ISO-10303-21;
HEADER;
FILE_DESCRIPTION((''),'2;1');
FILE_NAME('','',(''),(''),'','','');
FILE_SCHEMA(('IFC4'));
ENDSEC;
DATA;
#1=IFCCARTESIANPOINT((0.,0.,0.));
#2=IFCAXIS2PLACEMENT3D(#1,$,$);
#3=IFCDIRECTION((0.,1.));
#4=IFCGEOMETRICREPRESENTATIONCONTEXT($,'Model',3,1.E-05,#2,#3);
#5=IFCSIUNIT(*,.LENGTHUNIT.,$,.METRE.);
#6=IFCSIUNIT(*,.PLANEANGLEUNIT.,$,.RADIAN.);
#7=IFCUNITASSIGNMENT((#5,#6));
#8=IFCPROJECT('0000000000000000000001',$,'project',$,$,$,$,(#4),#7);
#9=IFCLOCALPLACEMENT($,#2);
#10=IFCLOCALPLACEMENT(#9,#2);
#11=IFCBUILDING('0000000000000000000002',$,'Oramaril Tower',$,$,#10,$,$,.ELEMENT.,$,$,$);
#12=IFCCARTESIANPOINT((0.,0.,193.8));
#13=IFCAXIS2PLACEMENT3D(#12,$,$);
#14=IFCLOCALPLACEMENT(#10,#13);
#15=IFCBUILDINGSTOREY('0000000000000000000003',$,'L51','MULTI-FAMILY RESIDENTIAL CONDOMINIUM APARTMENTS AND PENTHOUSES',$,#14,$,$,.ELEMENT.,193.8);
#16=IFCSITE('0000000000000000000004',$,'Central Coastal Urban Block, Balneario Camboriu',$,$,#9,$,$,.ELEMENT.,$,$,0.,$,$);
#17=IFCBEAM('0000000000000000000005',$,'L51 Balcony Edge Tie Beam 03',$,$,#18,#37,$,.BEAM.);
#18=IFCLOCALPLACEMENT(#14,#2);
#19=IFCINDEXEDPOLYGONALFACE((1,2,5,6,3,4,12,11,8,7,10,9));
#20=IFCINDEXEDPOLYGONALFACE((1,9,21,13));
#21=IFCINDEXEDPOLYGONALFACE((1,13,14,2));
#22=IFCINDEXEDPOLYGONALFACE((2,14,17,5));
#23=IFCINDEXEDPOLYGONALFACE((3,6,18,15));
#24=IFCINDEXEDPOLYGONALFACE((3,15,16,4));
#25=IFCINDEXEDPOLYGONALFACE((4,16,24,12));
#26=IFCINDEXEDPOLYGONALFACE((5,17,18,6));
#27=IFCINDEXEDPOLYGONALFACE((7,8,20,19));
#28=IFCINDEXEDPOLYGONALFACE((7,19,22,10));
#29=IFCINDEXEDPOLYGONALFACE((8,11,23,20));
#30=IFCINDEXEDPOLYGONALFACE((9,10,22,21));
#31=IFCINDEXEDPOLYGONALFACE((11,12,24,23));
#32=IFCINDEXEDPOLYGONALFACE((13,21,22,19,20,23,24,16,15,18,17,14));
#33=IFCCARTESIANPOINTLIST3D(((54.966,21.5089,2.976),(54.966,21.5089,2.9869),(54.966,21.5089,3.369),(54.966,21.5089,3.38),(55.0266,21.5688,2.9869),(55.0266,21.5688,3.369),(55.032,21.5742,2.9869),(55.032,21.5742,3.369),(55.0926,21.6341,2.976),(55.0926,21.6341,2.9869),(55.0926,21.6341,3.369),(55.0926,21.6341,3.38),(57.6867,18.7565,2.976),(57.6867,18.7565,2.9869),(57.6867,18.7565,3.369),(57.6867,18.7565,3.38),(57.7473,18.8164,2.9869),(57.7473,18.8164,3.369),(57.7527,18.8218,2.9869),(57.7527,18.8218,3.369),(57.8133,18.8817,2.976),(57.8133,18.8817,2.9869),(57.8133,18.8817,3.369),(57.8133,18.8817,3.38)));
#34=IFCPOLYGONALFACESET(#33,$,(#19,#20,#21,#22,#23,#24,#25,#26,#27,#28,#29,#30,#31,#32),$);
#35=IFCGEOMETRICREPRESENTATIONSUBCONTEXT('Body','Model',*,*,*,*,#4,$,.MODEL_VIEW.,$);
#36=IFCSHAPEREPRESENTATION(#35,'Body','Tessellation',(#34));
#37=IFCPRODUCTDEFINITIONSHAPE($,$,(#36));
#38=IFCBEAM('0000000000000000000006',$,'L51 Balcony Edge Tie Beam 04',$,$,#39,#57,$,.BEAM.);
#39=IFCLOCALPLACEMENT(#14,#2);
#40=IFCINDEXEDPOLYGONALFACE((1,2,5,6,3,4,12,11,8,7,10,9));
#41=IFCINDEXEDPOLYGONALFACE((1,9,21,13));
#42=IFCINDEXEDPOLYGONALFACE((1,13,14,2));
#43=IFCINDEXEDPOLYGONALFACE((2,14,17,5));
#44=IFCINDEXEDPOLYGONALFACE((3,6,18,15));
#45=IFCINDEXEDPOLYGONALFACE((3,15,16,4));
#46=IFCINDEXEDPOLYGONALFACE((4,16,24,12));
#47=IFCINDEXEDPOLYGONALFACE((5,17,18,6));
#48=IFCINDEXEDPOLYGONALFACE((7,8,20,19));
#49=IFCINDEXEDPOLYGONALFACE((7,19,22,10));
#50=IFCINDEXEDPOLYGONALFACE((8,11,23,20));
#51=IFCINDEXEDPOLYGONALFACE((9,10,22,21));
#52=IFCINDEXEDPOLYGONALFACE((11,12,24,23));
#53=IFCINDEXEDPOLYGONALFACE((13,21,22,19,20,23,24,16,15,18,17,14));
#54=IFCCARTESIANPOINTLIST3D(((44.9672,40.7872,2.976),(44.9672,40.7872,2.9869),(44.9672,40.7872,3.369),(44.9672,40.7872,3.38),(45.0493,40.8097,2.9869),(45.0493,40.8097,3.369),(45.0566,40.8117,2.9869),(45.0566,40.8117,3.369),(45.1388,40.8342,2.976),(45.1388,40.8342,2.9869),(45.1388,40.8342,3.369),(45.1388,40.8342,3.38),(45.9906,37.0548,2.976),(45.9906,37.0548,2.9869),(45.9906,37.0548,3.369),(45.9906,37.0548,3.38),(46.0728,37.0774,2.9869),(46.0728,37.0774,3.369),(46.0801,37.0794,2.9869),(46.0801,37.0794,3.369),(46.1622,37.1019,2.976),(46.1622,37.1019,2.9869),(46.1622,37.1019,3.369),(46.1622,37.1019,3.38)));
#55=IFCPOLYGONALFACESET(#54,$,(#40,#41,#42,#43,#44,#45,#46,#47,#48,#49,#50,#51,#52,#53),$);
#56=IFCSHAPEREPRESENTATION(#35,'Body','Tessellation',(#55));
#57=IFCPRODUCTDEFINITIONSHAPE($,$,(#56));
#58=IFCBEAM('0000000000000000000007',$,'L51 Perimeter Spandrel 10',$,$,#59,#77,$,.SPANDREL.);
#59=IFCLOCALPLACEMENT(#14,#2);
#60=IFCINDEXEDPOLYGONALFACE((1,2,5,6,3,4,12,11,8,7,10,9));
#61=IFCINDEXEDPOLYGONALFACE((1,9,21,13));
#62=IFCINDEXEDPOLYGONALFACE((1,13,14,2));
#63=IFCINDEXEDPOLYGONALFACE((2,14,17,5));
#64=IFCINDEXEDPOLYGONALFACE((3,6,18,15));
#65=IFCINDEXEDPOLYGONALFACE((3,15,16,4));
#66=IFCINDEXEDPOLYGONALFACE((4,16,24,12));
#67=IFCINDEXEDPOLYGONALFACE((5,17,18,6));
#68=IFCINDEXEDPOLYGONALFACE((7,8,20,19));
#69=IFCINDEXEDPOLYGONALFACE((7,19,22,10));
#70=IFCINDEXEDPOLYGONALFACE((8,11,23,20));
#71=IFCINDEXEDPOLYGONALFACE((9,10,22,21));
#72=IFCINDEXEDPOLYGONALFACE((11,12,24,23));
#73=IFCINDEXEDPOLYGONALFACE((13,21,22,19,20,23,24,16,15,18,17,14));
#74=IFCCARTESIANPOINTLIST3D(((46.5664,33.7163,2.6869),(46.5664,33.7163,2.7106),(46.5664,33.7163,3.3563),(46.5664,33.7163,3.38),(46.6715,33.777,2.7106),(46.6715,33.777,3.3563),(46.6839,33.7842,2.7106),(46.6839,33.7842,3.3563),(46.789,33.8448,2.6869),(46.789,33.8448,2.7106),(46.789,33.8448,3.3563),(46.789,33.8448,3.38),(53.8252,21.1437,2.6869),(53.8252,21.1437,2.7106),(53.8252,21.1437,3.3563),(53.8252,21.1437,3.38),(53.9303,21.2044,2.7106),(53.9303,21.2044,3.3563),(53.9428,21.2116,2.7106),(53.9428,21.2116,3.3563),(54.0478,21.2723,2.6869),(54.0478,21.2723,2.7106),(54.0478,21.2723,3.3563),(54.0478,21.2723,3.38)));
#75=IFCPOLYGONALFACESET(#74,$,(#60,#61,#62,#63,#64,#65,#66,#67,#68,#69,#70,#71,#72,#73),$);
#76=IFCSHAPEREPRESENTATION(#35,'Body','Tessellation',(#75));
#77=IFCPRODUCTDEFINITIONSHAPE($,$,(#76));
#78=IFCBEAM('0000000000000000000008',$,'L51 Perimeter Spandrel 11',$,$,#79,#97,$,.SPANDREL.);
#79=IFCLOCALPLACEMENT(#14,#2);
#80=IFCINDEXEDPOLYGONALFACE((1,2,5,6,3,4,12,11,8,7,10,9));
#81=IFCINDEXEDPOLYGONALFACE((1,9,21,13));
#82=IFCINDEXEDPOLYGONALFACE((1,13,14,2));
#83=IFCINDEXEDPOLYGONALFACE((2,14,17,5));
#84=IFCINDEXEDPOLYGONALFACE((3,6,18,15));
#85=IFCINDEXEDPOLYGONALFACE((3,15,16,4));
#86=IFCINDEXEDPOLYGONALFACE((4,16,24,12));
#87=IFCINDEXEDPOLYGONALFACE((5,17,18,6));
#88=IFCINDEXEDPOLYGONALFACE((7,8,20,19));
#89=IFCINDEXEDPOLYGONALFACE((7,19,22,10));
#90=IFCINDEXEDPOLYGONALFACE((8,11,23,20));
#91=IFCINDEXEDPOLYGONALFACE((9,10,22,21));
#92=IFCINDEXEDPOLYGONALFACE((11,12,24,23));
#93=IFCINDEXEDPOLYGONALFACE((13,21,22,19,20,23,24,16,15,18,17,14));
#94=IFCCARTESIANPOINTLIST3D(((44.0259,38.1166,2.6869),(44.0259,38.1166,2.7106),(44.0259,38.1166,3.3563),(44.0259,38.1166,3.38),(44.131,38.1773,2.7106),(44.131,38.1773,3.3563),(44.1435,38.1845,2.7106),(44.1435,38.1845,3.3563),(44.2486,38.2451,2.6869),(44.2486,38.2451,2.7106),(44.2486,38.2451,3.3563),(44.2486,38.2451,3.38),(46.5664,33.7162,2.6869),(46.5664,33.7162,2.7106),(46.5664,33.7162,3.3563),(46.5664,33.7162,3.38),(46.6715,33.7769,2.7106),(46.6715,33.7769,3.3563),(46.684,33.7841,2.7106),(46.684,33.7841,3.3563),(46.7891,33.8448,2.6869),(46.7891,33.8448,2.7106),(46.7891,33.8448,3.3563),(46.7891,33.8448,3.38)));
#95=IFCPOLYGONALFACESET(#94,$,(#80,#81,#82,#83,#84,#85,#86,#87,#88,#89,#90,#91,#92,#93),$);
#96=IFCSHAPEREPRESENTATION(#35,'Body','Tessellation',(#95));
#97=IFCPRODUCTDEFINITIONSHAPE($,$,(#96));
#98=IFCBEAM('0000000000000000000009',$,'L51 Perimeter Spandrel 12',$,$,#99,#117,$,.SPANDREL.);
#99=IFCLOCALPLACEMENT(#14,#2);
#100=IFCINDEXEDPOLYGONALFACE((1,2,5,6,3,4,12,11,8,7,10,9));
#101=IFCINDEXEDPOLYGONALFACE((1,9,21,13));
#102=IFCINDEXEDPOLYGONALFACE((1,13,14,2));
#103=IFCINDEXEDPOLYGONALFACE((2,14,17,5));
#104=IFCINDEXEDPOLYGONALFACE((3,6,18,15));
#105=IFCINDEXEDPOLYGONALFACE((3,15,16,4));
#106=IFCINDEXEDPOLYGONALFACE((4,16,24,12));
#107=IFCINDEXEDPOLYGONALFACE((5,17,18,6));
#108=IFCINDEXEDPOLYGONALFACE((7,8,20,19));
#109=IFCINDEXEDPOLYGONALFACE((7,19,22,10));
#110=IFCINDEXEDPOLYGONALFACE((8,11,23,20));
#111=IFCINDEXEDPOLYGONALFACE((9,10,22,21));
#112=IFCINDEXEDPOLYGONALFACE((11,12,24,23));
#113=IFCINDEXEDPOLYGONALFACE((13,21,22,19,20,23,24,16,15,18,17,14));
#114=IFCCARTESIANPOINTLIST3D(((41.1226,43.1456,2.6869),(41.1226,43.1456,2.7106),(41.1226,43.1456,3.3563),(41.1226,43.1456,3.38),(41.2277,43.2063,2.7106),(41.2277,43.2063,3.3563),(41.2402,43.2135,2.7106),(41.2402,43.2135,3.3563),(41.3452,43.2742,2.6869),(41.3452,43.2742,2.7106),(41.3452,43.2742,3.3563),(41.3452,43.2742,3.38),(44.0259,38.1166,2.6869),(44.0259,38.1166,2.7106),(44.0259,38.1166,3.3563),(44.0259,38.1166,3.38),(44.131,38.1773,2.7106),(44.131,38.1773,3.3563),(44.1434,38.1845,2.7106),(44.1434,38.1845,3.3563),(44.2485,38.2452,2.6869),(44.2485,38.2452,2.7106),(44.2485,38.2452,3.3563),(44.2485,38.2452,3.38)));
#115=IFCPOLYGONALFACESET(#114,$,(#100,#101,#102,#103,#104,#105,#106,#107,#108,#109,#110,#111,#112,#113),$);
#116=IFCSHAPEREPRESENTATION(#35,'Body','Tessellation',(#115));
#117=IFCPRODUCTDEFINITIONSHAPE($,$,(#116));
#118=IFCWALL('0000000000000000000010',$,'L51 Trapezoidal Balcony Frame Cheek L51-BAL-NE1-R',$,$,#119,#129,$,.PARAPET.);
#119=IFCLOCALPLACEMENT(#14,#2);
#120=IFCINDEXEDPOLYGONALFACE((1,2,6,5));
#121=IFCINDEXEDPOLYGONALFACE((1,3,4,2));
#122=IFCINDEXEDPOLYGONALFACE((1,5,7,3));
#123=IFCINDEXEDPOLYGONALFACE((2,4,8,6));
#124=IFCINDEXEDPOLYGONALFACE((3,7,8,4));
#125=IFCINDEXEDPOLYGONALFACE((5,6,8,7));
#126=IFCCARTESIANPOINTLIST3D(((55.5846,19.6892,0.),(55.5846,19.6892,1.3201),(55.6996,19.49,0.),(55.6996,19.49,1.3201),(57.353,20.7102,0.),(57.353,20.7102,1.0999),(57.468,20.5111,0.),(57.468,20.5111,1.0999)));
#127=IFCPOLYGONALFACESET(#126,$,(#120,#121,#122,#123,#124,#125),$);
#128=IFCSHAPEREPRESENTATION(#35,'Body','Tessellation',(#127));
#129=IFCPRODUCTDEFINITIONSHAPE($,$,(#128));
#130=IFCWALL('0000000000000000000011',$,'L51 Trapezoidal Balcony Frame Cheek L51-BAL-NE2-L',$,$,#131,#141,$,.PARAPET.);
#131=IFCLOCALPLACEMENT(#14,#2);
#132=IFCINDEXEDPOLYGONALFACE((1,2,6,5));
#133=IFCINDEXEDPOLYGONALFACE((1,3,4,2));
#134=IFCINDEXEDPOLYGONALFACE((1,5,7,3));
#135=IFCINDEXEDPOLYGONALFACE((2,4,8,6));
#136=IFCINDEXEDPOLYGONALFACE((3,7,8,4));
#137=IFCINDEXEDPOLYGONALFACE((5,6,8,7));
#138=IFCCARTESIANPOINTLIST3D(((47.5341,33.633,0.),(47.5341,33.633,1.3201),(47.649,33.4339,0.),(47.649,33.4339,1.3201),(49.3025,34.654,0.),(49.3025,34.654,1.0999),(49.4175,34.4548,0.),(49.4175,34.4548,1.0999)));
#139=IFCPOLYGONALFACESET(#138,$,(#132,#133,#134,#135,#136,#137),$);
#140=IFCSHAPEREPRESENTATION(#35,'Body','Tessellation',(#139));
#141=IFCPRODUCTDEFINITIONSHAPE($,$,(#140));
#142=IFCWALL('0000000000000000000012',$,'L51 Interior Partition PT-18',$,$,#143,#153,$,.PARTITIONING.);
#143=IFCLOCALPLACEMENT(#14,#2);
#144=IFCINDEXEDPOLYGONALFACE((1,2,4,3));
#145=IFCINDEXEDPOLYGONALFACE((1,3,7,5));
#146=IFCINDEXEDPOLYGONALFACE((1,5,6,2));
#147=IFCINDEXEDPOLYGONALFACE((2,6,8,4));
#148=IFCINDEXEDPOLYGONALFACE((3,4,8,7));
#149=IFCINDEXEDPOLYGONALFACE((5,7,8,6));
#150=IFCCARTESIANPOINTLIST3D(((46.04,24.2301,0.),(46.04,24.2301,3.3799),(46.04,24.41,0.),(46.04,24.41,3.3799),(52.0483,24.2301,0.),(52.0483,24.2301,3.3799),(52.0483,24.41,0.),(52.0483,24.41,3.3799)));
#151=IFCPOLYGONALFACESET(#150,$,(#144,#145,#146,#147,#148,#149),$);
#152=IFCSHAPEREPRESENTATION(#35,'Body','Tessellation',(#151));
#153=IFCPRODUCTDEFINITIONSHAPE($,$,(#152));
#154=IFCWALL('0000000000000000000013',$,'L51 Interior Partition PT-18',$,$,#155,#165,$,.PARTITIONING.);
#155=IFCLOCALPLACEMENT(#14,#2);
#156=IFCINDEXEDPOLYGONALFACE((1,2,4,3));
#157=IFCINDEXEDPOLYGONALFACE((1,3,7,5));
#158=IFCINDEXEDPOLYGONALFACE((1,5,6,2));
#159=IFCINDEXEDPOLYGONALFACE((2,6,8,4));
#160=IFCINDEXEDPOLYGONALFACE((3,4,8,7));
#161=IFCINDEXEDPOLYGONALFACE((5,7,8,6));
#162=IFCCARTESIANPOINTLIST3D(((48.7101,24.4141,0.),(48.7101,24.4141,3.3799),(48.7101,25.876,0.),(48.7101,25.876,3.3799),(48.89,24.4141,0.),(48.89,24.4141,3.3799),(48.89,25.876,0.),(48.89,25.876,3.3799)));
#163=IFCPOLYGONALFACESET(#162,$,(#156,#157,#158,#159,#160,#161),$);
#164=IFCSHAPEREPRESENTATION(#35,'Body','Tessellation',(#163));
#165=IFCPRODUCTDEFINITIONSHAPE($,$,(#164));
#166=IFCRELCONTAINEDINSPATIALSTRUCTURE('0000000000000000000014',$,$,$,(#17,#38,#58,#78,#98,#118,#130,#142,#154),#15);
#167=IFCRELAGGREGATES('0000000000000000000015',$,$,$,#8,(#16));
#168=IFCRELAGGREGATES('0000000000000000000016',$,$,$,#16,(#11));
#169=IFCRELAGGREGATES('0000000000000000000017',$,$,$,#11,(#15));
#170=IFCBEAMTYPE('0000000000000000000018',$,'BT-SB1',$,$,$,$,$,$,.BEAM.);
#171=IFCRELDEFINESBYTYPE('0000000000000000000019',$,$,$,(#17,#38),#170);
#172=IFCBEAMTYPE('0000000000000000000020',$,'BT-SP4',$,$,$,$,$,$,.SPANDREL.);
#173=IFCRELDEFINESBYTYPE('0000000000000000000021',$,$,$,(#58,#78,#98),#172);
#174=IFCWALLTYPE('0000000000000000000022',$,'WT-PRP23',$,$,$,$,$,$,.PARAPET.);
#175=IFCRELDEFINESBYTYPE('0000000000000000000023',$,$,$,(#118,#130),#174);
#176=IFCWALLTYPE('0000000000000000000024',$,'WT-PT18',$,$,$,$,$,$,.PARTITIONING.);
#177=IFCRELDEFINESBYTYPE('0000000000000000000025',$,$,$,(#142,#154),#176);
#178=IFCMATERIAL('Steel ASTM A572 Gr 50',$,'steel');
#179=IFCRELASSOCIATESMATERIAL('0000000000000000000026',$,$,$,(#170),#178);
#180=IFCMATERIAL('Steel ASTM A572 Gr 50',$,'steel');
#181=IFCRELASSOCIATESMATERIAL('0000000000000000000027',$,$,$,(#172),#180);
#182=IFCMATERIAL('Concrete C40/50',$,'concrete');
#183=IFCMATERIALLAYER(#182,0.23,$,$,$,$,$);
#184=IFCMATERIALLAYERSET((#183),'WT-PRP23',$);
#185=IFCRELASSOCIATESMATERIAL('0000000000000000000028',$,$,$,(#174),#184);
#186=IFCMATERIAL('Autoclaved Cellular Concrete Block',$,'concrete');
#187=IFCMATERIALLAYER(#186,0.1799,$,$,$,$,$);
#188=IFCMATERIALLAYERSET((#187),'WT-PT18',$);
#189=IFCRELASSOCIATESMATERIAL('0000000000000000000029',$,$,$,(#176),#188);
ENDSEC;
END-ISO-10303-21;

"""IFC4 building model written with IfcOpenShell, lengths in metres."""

from ifc_helpers import new_model, si_unit, direction, frame, frame_2d, origin, origin_2d, place, context, subcontext, project, spatial, polyline, rectangle, i_section, outline, extrude, material, layer, layer_set, material_profile, profile_set, type_object, element, save


model = new_model("IFC4")

# Units and contexts
model_context = context("Model", 3, precision=1e-05, world=origin(), true_north=direction((0.0, 1.0)))
body_context = subcontext(model_context, "Body", "Model", "MODEL_VIEW")
ifc_project = project(units=[si_unit("LENGTHUNIT", "METRE"), si_unit("PLANEANGLEUNIT", "RADIAN")], contexts=[model_context])

# Site, building, storey
site_placement = place(None, origin())
site = spatial("IfcSite", under=ifc_project, at=site_placement, Name="Central Coastal Urban Block, Balneario Camboriu", CompositionType="ELEMENT", RefElevation=0.0)
building_placement = place(site_placement, origin())
building = spatial("IfcBuilding", under=site, at=building_placement, Name="Oramaril Tower", CompositionType="ELEMENT")
storey_placement = place(building_placement, frame((0.0, 0.0, 193.8)))
storey = spatial("IfcBuildingStorey", under=building, at=storey_placement, Name="L51", Description="MULTI-FAMILY RESIDENTIAL CONDOMINIUM APARTMENTS AND PENTHOUSES", CompositionType="ELEMENT", Elevation=193.8)

# Beams
ifc_material_1 = material(Name="Steel ASTM A572 Gr 50", Category="steel")
ifc_material_profile_1 = material_profile(ifc_material_1, i_section(OverallWidth=0.178, OverallDepth=0.4041, WebThickness=0.0076, FlangeThickness=0.011, at=origin_2d()), Name="W16X36")
ifc_profile_set_1 = profile_set([ifc_material_profile_1], Name="Steel ASTM A572 Gr 50")
beam_type_1 = type_object("IfcBeamType", Name="BT-SB1", PredefinedType="BEAM", material=ifc_profile_set_1)
for number, where, z_axis, x_axis, name in (
    (1, (57.75, 18.8191, 3.178), (-0.702995, 0.711195, 0.0), (-0.711195, -0.702995, 0.0), "L51 Balcony Edge Tie Beam 03"),
    (2, (46.0764, 37.0784, 3.178), (-0.264441, 0.964402, 0.0), (-0.964402, -0.264441, 0.0), "L51 Balcony Edge Tie Beam 04"),
):
    element("IfcBeam", number, at=place(storey_placement, frame(where, z_axis=z_axis, x_axis=x_axis)), inside=storey, type_object=beam_type_1, Name=name, PredefinedType="BEAM", context=body_context, shape_type="SweptSolid", body=[
        extrude(i_section(OverallWidth=0.178, OverallDepth=0.4041, WebThickness=0.0076, FlangeThickness=0.011, at=origin_2d()), origin(), (0.0, 0.0, 1.0), 3.8701),
    ])
ifc_material_2 = material(Name="Steel ASTM A572 Gr 50", Category="steel")
ifc_material_profile_2 = material_profile(ifc_material_2, i_section(OverallWidth=0.2571, OverallDepth=0.6931, WebThickness=0.0144, FlangeThickness=0.0237, at=origin_2d()), Name="W27X114")
ifc_profile_set_2 = profile_set([ifc_material_profile_2], Name="Steel ASTM A572 Gr 50")
beam_type_2 = type_object("IfcBeamType", Name="BT-SP4", PredefinedType="SPANDREL", material=ifc_profile_set_2)
beam_1_placement = place(storey_placement, frame((53.9365, 21.208, 3.0334), z_axis=(-0.500002, 0.866024, 0.0), x_axis=(-0.866024, -0.500002, 0.0)))
element("IfcBeam", 3, at=beam_1_placement, inside=storey, type_object=beam_type_2, Name="L51 Perimeter Spandrel 10", PredefinedType="SPANDREL", context=body_context, shape_type="SweptSolid", body=[
    extrude(i_section(OverallWidth=0.2571, OverallDepth=0.6931, WebThickness=0.0144, FlangeThickness=0.0237, at=origin_2d()), origin(), (0.0, 0.0, 1.0), 14.5176),
])
beam_2_placement = place(storey_placement, frame((46.6777, 33.7805, 3.0334), z_axis=(-0.499994, 0.866029, 0.0), x_axis=(-0.866029, -0.499994, 0.0)))
element("IfcBeam", 4, at=beam_2_placement, inside=storey, type_object=beam_type_2, Name="L51 Perimeter Spandrel 11", PredefinedType="SPANDREL", context=body_context, shape_type="SweptSolid", body=[
    extrude(i_section(OverallWidth=0.2571, OverallDepth=0.6931, WebThickness=0.0144, FlangeThickness=0.0237, at=origin_2d()), origin(), (0.0, 0.0, 1.0), 5.0811),
])
beam_3_placement = place(storey_placement, frame((44.1372, 38.1809, 3.0334), z_axis=(-0.499974, 0.866041, 0.0), x_axis=(-0.866041, -0.499974, 0.0)))
element("IfcBeam", 5, at=beam_3_placement, inside=storey, type_object=beam_type_2, Name="L51 Perimeter Spandrel 12", PredefinedType="SPANDREL", context=body_context, shape_type="SweptSolid", body=[
    extrude(i_section(OverallWidth=0.2571, OverallDepth=0.6931, WebThickness=0.0144, FlangeThickness=0.0237, at=origin_2d()), origin(), (0.0, 0.0, 1.0), 5.8069),
])

# Walls
ifc_material_3 = material(Name="Concrete C40/50", Category="concrete")
ifc_layer_1 = layer(ifc_material_3, 0.23)
ifc_layer_set_1 = layer_set([ifc_layer_1], Name="WT-PRP23")
wall_type_1 = type_object("IfcWallType", Name="WT-PRP23", PredefinedType="PARAPET", material=ifc_layer_set_1)
for number, where, z_axis, x_axis, name in (
    (6, (55.6421, 19.5896, 0.0), (0.0, 0.0, 1.0), (0.866012, 0.500023, 0.0), "L51 Trapezoidal Balcony Frame Cheek L51-BAL-NE1-R"),
    (7, (47.5916, 33.5334, 0.0), (0.0, 0.0, 1.0), (0.866042, 0.499971, 0.0), "L51 Trapezoidal Balcony Frame Cheek L51-BAL-NE2-L"),
):
    element("IfcWall", number, at=place(storey_placement, frame(where, z_axis=z_axis, x_axis=x_axis)), inside=storey, type_object=wall_type_1, Name=name, PredefinedType="PARAPET", context=body_context, shape_type="SweptSolid", body=[
        extrude(outline(polyline([(0.0, 0.0), (2.042, 0.0), (2.042, 1.0999), (0.0, 1.3201), (0.0, 0.0)])), frame((0.0, 0.115, 0.0), z_axis=(0.0, -1.0, 0.0), x_axis=(1.0, 0.0, 0.0)), (0.0, 0.0, 1.0), 0.23),
    ])
ifc_material_4 = material(Name="Autoclaved Cellular Concrete Block", Category="concrete")
ifc_layer_2 = layer(ifc_material_4, 0.1799)
ifc_layer_set_2 = layer_set([ifc_layer_2], Name="WT-PT18")
wall_type_2 = type_object("IfcWallType", Name="WT-PT18", PredefinedType="PARTITIONING", material=ifc_layer_set_2)
wall_1_placement = place(storey_placement, frame((46.04, 24.3201, 0.0), z_axis=(0.0, 0.0, 1.0), x_axis=(1.0, 0.0, 0.0)))
element("IfcWall", 8, at=wall_1_placement, inside=storey, type_object=wall_type_2, Name="L51 Interior Partition PT-18", PredefinedType="PARTITIONING", context=body_context, shape_type="SweptSolid", body=[
    extrude(rectangle(XDim=6.0083, YDim=0.1799, at=frame_2d((3.0042, 0.0))), origin(), (0.0, 0.0, 1.0), 3.3799),
])
wall_2_placement = place(storey_placement, frame((48.8, 24.4141, 0.0), z_axis=(0.0, 0.0, 1.0), x_axis=(0.0, 1.0, 0.0)))
element("IfcWall", 9, at=wall_2_placement, inside=storey, type_object=wall_type_2, Name="L51 Interior Partition PT-18", PredefinedType="PARTITIONING", context=body_context, shape_type="SweptSolid", body=[
    extrude(rectangle(XDim=1.4619, YDim=0.1799, at=frame_2d((0.731, 0.0))), origin(), (0.0, 0.0, 1.0), 3.3799),
])

save(model, "model.ifc")
